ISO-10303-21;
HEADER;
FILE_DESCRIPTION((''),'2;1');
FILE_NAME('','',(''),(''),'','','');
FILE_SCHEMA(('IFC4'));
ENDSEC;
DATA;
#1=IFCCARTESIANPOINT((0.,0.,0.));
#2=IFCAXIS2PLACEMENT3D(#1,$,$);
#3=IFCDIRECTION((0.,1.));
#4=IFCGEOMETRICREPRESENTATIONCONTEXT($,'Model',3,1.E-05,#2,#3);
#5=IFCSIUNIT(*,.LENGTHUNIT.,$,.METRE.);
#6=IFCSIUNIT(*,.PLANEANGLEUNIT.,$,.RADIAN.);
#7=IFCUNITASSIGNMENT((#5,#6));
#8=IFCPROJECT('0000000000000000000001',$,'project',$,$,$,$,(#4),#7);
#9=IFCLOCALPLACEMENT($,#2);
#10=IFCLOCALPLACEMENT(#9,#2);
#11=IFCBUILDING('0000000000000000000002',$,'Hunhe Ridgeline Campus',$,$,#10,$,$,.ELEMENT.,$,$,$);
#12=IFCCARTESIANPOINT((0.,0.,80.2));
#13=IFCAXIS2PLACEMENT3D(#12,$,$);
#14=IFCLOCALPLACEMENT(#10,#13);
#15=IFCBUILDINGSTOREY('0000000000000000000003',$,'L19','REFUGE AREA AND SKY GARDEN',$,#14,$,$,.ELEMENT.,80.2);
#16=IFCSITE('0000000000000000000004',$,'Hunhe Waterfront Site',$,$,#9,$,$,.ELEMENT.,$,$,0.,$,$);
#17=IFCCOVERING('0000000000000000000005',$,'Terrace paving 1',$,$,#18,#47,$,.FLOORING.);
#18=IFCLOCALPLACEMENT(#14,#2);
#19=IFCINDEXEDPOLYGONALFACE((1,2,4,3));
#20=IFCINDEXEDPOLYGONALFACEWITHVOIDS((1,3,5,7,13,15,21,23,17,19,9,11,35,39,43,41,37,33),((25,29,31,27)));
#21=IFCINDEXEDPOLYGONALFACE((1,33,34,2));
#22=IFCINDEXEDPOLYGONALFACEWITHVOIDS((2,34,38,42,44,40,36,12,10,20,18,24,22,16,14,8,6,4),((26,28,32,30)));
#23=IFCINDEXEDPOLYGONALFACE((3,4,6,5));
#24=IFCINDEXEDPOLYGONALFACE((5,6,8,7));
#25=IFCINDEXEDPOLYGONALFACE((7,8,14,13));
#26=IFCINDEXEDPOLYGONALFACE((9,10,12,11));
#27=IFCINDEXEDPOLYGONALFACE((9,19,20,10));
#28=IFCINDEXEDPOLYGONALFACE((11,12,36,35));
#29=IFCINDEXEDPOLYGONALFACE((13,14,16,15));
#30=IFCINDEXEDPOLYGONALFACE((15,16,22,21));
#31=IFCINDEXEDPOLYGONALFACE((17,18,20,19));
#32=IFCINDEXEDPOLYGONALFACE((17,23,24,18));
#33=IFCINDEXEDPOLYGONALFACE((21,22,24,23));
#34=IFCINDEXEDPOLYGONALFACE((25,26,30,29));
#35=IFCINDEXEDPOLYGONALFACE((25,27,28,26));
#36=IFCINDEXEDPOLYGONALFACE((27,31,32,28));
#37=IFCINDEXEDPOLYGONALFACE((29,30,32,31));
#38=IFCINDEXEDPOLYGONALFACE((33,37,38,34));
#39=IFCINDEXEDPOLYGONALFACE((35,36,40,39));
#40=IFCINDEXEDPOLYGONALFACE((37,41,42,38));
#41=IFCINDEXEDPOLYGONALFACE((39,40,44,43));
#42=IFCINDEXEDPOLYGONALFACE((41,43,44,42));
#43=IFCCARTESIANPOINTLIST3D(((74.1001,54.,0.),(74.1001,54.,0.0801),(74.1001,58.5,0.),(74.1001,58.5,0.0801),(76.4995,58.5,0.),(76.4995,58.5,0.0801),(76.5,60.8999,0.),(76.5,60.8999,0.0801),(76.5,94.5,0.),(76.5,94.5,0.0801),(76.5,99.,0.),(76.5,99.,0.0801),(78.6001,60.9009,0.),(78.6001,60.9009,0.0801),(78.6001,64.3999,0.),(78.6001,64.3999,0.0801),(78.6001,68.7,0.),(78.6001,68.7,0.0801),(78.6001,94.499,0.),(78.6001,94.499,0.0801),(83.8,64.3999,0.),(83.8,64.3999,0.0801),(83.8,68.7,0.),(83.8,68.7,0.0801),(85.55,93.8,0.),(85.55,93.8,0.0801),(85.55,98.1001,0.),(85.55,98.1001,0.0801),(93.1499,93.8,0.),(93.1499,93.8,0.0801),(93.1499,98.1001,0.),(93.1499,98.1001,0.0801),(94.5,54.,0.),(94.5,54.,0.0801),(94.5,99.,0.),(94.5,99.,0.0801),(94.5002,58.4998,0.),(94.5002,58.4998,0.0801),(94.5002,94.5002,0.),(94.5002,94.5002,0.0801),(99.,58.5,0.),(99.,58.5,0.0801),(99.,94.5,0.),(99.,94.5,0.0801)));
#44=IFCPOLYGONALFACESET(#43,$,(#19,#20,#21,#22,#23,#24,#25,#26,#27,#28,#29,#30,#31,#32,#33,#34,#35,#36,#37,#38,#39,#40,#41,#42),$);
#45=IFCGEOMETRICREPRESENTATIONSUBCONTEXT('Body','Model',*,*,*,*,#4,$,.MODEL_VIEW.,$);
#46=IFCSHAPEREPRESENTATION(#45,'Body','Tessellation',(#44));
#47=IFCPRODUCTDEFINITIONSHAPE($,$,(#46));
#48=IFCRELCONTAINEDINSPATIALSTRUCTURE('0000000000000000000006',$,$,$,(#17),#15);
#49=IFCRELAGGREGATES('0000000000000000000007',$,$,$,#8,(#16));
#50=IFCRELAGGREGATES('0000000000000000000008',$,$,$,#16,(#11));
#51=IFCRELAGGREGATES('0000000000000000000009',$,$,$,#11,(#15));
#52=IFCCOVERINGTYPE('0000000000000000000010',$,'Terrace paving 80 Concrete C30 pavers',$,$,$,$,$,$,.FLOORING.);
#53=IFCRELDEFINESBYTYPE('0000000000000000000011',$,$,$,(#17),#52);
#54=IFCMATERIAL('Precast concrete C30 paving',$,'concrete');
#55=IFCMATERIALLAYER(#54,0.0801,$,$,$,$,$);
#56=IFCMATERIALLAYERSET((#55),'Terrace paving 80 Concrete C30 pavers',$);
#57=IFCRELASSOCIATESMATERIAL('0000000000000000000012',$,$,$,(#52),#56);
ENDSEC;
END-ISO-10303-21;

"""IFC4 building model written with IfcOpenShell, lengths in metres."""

from ifc_helpers import new_model, si_unit, direction, frame, origin, place, context, subcontext, project, spatial, polyline, outline, extrude, material, layer, layer_set, type_object, element, save


model = new_model("IFC4")

# Units and contexts
model_context = context("Model", 3, precision=1e-05, world=origin(), true_north=direction((0.0, 1.0)))
body_context = subcontext(model_context, "Body", "Model", "MODEL_VIEW")
ifc_project = project(units=[si_unit("LENGTHUNIT", "METRE"), si_unit("PLANEANGLEUNIT", "RADIAN")], contexts=[model_context])

# Site, building, storey
site_placement = place(None, origin())
site = spatial("IfcSite", under=ifc_project, at=site_placement, Name="Hunhe Waterfront Site", CompositionType="ELEMENT", RefElevation=0.0)
building_placement = place(site_placement, origin())
building = spatial("IfcBuilding", under=site, at=building_placement, Name="Hunhe Ridgeline Campus", CompositionType="ELEMENT")
storey_placement = place(building_placement, frame((0.0, 0.0, 80.2)))
storey = spatial("IfcBuildingStorey", under=building, at=storey_placement, Name="L19", Description="REFUGE AREA AND SKY GARDEN", CompositionType="ELEMENT", Elevation=80.2)

# Covering
ifc_material_1 = material(Name="Precast concrete C30 paving", Category="concrete")
ifc_layer_1 = layer(ifc_material_1, 0.0801)
ifc_layer_set_1 = layer_set([ifc_layer_1], Name="Terrace paving 80 Concrete C30 pavers")
covering_type_1 = type_object("IfcCoveringType", Name="Terrace paving 80 Concrete C30 pavers", PredefinedType="FLOORING", material=ifc_layer_set_1)
covering_1_placement = place(storey_placement, origin())
element("IfcCovering", 1, at=covering_1_placement, inside=storey, type_object=covering_type_1, Name="Terrace paving 1", PredefinedType="FLOORING", context=body_context, shape_type="SweptSolid", body=[
    extrude(outline(polyline([(74.1001, 54.0), (94.5, 54.0), (94.5002, 58.4998), (99.0, 58.5), (99.0, 94.5), (94.5002, 94.5002), (94.5, 99.0), (76.5, 99.0), (76.5, 94.5), (78.6001, 94.499), (78.6001, 68.7), (83.8, 68.7), (83.8, 64.3999), (78.6001, 64.3999), (78.6001, 60.9009), (76.5, 60.8999), (76.4995, 58.5), (74.1001, 58.5), (74.1001, 54.0)]), holes=[polyline([(85.55, 93.8), (93.1499, 93.8), (93.1499, 98.1001), (85.55, 98.1001), (85.55, 93.8)])]), origin(), (0.0, 0.0, 1.0), 0.0801),
])

save(model, "model.ifc")
